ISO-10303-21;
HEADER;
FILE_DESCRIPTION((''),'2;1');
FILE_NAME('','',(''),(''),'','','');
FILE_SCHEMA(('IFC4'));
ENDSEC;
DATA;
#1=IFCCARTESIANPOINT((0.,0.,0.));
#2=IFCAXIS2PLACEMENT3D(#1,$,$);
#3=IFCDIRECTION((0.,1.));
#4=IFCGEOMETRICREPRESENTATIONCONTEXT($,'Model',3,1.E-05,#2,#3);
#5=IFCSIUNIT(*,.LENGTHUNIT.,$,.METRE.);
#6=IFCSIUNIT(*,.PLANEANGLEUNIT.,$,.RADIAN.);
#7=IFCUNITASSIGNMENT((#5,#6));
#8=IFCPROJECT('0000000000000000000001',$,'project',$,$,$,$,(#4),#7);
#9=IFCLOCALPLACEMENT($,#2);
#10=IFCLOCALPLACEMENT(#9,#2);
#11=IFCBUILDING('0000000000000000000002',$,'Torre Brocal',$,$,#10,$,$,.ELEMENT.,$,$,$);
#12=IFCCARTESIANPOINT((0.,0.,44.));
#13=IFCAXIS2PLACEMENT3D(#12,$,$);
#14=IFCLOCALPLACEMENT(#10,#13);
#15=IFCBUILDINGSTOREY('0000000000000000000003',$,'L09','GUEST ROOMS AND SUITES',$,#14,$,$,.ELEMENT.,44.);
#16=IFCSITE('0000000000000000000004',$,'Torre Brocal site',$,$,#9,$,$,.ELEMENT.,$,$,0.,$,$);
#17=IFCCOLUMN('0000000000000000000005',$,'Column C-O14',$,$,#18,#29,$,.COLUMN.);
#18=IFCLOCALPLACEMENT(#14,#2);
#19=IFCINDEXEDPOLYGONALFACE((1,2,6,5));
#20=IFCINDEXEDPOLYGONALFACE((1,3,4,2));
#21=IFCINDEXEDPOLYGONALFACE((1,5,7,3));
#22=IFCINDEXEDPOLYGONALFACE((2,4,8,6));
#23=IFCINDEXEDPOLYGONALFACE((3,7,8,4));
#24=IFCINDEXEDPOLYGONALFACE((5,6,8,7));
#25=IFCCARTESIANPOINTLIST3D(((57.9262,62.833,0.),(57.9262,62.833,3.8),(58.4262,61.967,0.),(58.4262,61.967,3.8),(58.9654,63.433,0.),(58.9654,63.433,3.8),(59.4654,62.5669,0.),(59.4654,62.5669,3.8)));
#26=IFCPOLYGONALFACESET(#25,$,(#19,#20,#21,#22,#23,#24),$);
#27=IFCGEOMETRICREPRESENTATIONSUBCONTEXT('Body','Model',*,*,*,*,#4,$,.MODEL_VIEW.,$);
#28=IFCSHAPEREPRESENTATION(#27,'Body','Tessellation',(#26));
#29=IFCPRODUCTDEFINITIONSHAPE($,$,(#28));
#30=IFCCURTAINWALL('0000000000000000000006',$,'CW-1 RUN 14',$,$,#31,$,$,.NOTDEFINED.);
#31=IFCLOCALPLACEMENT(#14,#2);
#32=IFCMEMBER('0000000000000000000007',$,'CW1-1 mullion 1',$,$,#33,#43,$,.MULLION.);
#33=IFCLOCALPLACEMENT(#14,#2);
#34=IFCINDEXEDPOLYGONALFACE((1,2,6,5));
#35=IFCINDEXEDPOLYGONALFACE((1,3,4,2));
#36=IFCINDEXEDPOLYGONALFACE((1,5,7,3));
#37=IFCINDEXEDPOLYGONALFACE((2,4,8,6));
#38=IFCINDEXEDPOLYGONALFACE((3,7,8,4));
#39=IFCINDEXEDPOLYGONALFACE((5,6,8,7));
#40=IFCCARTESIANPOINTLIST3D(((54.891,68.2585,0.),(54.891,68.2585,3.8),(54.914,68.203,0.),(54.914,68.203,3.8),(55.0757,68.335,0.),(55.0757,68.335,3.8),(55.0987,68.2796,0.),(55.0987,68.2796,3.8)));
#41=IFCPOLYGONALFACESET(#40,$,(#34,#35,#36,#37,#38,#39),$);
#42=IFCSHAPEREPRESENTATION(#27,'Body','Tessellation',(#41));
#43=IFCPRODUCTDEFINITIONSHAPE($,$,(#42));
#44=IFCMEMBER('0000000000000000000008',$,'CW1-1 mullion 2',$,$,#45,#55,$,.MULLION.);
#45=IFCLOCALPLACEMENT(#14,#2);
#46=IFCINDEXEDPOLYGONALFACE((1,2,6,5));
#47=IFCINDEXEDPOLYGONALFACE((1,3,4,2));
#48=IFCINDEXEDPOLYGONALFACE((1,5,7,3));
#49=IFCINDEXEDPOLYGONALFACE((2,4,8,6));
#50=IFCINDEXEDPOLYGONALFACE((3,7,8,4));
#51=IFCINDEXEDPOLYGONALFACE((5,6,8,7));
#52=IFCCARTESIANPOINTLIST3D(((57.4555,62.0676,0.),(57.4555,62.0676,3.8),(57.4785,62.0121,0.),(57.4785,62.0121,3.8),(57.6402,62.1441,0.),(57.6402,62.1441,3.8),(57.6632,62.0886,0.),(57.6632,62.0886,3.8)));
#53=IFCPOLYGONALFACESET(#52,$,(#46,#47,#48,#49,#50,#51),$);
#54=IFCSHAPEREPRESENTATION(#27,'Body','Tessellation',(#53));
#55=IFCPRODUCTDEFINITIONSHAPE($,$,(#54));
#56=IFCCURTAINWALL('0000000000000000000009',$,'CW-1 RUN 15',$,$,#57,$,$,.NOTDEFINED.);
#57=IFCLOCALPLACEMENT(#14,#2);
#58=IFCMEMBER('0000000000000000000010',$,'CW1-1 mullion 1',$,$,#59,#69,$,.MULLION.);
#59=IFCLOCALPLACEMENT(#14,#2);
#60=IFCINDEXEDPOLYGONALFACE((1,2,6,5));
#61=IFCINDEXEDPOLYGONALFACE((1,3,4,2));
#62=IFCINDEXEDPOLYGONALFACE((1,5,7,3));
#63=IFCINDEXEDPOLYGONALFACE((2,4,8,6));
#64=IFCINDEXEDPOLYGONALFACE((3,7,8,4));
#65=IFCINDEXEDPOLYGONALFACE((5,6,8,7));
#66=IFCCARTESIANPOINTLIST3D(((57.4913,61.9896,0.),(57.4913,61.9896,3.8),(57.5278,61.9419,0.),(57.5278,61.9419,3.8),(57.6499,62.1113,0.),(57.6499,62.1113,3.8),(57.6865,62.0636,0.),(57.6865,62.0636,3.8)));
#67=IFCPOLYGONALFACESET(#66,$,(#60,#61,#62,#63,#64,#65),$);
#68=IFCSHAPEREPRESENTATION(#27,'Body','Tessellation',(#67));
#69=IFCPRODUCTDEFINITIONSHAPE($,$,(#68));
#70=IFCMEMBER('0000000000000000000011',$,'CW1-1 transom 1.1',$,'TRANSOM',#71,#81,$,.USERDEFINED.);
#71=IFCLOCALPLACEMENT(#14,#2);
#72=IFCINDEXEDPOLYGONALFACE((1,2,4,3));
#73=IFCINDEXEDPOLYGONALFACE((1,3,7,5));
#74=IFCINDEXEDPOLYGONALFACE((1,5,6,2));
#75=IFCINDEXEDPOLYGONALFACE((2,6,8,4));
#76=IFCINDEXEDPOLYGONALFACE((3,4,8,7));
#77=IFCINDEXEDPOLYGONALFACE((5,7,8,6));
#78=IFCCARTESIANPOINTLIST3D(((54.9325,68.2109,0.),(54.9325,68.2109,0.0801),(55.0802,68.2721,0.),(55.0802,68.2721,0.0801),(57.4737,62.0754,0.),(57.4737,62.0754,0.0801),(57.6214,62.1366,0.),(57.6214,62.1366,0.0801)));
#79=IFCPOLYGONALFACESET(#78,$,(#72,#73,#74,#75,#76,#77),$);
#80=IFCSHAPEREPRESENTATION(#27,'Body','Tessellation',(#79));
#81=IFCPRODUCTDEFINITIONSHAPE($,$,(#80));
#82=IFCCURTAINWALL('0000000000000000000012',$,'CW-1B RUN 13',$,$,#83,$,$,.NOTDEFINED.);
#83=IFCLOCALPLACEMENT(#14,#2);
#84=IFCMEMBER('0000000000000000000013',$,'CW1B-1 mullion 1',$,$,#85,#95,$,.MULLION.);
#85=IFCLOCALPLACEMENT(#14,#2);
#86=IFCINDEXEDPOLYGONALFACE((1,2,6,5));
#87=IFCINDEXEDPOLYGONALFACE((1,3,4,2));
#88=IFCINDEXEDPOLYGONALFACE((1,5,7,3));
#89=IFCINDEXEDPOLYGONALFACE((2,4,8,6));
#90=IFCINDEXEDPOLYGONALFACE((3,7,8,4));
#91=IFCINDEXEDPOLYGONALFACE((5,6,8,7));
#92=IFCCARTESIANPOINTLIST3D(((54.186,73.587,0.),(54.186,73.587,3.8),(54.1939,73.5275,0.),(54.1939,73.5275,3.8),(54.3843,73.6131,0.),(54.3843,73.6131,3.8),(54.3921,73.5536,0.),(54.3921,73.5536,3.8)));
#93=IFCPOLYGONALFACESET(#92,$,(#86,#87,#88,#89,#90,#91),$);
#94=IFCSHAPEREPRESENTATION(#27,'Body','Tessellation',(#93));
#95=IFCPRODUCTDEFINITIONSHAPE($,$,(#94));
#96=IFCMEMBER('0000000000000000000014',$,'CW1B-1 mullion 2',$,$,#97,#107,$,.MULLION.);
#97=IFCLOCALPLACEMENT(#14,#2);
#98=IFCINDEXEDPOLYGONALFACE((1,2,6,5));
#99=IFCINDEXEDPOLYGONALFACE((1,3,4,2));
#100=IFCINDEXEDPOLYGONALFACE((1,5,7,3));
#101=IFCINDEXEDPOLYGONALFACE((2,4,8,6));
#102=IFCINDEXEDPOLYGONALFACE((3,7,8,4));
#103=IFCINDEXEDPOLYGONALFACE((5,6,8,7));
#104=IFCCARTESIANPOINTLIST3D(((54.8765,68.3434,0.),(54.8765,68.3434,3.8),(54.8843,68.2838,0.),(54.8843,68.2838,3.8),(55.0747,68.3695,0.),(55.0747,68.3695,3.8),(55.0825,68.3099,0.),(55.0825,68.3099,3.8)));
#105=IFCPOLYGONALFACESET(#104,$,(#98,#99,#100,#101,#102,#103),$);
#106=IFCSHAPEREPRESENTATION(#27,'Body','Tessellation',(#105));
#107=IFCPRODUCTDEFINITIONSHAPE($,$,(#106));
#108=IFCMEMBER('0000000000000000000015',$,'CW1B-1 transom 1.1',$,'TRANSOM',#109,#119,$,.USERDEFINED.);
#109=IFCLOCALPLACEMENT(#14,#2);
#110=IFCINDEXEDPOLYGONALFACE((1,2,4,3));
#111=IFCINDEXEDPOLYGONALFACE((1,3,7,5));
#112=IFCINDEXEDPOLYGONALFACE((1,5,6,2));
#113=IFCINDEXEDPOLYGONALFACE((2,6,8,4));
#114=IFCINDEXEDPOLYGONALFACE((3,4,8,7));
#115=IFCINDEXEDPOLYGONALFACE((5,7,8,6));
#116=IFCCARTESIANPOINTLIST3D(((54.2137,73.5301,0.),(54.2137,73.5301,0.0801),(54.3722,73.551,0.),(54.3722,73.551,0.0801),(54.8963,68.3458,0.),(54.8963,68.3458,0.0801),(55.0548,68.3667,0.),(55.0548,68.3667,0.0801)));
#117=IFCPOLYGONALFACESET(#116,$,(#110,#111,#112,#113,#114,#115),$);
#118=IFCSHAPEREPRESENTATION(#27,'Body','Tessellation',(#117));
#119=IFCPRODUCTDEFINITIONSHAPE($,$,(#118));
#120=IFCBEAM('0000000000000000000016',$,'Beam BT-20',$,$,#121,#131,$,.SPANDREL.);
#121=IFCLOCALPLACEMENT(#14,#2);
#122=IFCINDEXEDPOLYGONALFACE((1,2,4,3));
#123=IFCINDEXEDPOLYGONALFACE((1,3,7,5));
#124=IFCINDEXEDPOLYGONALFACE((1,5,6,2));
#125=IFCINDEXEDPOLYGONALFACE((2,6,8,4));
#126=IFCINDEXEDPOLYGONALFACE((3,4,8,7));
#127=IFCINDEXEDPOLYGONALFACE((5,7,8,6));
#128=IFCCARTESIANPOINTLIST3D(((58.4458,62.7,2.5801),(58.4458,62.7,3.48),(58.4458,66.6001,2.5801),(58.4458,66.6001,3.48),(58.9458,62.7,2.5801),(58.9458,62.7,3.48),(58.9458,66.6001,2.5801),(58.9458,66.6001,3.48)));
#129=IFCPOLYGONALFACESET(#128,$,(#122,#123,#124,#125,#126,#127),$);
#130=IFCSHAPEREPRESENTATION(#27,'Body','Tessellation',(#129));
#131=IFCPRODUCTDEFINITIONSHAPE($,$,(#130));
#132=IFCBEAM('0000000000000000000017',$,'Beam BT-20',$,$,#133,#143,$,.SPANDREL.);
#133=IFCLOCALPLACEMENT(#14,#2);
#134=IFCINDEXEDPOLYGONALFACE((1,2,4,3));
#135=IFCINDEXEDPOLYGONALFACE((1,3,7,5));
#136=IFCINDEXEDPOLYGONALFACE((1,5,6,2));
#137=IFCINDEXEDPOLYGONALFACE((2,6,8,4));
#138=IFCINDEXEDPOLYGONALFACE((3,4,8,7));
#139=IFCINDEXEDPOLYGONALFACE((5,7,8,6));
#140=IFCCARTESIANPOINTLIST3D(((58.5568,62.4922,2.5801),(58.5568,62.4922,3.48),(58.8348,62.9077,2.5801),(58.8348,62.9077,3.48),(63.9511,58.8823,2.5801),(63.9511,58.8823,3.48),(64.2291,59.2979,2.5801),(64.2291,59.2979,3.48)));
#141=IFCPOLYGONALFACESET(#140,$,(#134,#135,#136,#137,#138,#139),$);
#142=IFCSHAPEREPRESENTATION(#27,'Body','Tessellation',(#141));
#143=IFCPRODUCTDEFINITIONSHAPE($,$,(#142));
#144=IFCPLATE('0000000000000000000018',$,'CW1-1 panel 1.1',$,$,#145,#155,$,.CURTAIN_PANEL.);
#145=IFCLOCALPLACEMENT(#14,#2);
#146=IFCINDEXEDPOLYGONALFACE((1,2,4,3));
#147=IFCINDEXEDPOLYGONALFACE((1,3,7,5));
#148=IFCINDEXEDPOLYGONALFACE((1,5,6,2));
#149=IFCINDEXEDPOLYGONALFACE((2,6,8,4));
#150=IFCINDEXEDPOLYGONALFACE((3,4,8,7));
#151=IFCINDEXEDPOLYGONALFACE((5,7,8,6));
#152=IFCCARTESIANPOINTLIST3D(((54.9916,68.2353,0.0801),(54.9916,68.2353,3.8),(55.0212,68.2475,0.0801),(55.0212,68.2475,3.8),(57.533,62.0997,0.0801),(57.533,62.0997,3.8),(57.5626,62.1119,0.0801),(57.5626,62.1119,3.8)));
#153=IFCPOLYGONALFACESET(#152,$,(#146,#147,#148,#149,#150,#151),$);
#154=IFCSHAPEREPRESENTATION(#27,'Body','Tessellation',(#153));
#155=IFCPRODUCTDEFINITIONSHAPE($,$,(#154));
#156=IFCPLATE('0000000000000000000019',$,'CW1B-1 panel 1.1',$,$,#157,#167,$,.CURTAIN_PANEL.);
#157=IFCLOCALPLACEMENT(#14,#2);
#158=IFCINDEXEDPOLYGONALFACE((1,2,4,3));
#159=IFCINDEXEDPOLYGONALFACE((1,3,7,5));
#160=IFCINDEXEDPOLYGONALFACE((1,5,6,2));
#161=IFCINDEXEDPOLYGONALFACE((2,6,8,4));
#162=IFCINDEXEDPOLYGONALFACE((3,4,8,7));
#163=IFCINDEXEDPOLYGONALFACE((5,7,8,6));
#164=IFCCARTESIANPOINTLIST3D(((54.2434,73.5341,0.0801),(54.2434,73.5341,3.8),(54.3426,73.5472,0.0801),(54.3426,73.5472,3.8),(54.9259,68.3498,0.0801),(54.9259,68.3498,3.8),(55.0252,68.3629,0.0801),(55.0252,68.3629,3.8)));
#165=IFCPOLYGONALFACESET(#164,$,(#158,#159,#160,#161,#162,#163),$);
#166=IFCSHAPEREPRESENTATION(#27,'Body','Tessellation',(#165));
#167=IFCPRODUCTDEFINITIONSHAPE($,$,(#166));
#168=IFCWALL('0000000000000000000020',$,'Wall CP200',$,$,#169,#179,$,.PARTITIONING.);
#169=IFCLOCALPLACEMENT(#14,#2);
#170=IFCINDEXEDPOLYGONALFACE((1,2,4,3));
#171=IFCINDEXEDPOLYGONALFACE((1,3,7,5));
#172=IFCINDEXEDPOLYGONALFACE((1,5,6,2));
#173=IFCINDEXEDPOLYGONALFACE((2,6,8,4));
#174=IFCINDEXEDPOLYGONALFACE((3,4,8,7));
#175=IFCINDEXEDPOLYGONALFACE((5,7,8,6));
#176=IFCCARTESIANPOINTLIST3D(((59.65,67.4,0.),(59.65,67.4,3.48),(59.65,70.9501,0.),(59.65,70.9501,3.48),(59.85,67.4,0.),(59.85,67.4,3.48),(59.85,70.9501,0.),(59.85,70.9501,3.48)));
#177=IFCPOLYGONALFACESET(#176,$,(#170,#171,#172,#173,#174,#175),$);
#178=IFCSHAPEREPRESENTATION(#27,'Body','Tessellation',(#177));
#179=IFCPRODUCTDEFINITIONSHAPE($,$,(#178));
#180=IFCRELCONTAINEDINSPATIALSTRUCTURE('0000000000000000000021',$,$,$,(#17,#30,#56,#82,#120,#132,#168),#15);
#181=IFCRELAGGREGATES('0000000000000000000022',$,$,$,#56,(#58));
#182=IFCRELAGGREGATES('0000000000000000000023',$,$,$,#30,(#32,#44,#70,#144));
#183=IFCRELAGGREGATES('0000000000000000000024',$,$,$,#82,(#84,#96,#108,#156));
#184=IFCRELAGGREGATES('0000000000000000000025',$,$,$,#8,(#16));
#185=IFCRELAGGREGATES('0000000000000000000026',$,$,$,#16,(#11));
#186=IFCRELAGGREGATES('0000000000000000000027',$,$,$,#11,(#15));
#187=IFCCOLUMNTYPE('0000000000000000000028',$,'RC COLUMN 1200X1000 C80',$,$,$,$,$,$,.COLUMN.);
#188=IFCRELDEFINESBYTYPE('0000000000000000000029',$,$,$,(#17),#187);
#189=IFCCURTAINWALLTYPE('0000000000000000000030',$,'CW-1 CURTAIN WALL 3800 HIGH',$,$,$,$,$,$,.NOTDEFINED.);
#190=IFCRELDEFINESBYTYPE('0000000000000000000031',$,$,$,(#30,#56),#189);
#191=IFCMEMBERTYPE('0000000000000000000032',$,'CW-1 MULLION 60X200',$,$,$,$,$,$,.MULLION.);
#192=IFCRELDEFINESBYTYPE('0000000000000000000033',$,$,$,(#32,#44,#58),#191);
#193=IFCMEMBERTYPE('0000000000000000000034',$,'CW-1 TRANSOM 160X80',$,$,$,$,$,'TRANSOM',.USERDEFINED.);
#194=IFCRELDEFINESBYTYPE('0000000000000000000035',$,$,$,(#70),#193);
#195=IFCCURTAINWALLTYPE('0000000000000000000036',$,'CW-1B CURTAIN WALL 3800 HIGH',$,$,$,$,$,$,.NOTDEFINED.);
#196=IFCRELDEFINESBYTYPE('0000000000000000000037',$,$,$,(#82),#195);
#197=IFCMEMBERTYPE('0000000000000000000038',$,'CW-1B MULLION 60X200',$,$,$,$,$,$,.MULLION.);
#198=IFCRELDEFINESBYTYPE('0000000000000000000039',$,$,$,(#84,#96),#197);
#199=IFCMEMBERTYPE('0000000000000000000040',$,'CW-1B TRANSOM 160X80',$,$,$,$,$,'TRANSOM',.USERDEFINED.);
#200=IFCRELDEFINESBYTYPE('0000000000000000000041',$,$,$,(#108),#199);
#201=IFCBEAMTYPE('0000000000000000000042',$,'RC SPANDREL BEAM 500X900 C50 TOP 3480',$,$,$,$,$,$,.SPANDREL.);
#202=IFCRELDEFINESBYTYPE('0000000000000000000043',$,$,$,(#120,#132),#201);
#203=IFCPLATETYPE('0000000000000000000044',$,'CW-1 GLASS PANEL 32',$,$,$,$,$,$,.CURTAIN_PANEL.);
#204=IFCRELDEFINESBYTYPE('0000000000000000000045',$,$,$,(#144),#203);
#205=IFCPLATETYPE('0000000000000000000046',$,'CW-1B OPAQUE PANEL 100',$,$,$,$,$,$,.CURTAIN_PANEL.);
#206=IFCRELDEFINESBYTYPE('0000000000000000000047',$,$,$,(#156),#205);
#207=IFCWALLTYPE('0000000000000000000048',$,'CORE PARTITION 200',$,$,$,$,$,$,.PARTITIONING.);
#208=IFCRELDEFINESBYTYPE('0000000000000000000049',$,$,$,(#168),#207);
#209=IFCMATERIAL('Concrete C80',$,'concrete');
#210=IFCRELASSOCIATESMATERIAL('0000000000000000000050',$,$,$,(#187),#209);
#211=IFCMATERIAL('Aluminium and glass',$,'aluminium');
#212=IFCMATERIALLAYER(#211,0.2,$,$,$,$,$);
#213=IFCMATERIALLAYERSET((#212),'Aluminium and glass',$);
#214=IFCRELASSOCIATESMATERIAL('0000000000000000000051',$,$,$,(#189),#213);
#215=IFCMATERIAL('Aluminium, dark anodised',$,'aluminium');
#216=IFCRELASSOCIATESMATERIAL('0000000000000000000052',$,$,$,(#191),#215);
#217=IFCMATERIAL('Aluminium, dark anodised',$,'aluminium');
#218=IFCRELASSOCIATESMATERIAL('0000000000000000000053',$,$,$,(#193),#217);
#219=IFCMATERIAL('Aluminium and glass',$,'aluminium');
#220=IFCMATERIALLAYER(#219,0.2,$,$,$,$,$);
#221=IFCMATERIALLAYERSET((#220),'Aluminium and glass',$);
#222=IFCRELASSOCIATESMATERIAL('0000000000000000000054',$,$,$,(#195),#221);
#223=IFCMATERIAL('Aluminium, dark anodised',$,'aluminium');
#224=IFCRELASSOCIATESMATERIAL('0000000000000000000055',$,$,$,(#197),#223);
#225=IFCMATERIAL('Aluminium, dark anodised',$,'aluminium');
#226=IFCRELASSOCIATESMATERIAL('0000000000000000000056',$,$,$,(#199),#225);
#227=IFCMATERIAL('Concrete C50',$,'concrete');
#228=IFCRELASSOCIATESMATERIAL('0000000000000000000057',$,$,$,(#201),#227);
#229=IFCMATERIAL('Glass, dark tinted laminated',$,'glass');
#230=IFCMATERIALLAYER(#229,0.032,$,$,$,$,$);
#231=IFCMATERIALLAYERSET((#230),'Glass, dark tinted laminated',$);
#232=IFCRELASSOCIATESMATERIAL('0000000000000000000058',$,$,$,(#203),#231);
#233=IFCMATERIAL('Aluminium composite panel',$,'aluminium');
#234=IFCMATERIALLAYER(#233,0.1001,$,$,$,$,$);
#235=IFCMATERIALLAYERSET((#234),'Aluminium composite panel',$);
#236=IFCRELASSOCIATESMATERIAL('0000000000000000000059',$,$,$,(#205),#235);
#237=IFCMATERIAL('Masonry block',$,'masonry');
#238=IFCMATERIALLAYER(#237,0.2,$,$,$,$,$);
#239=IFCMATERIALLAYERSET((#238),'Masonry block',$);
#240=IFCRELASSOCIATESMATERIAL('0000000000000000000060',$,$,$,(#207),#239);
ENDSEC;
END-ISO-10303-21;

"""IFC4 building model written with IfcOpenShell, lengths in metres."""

from ifc_helpers import new_model, si_unit, direction, frame, frame_2d, origin, origin_2d, place, context, subcontext, project, spatial, rectangle, extrude, material, layer, layer_set, material_profile, profile_set, type_object, element, aggregate, save


model = new_model("IFC4")

# Units and contexts
model_context = context("Model", 3, precision=1e-05, world=origin(), true_north=direction((0.0, 1.0)))
body_context = subcontext(model_context, "Body", "Model", "MODEL_VIEW")
ifc_project = project(units=[si_unit("LENGTHUNIT", "METRE"), si_unit("PLANEANGLEUNIT", "RADIAN")], contexts=[model_context])

# Site, building, storey
site_placement = place(None, origin())
site = spatial("IfcSite", under=ifc_project, at=site_placement, Name="Torre Brocal site", CompositionType="ELEMENT", RefElevation=0.0)
building_placement = place(site_placement, origin())
building = spatial("IfcBuilding", under=site, at=building_placement, Name="Torre Brocal", CompositionType="ELEMENT")
storey_placement = place(building_placement, frame((0.0, 0.0, 44.0)))
storey = spatial("IfcBuildingStorey", under=building, at=storey_placement, Name="L09", Description="GUEST ROOMS AND SUITES", CompositionType="ELEMENT", Elevation=44.0)

# Column
ifc_material_1 = material(Name="Concrete C80", Category="concrete")
ifc_material_profile_1 = material_profile(ifc_material_1, rectangle(XDim=1.2, YDim=1.0, at=origin_2d()), Name="RC 1200X1000")
ifc_profile_set_1 = profile_set([ifc_material_profile_1], Name="Concrete C80")
column_type = type_object("IfcColumnType", Name="RC COLUMN 1200X1000 C80", PredefinedType="COLUMN", material=ifc_profile_set_1)
column_placement = place(storey_placement, frame((58.6958, 62.7, 0.0), z_axis=(0.0, 0.0, 1.0), x_axis=(-0.866025, -0.5, 0.0)))
element("IfcColumn", 1, at=column_placement, inside=storey, type_object=column_type, Name="Column C-O14", PredefinedType="COLUMN", context=body_context, shape_type="SweptSolid", body=[
    extrude(rectangle(XDim=1.2, YDim=1.0, at=origin_2d()), origin(), (0.0, 0.0, 1.0), 3.8),
])

# Curtain wall, members
ifc_material_2 = material(Name="Aluminium and glass", Category="aluminium")
ifc_layer_1 = layer(ifc_material_2, 0.2)
ifc_layer_set_1 = layer_set([ifc_layer_1], Name="Aluminium and glass")
curtain_wall_type_1 = type_object("IfcCurtainWallType", Name="CW-1 CURTAIN WALL 3800 HIGH", PredefinedType="NOTDEFINED", material=ifc_layer_set_1)
curtain_wall_1_placement = place(storey_placement, origin())
curtain_wall_1 = element("IfcCurtainWall", 2, at=curtain_wall_1_placement, inside=storey, type_object=curtain_wall_type_1, Name="CW-1 RUN 14", PredefinedType="NOTDEFINED")
ifc_material_3 = material(Name="Aluminium, dark anodised", Category="aluminium")
ifc_material_profile_2 = material_profile(ifc_material_3, rectangle(XDim=0.2, YDim=0.0601, at=origin_2d()), Name="CW-1 MULLION 60X200")
ifc_profile_set_2 = profile_set([ifc_material_profile_2], Name="Aluminium, dark anodised")
member_type_1 = type_object("IfcMemberType", Name="CW-1 MULLION 60X200", PredefinedType="MULLION", material=ifc_profile_set_2)
member_1_placement = place(storey_placement, frame((54.9949, 68.269, 0.0), z_axis=(0.0, 0.0, 1.0), x_axis=(0.92388, 0.382683, 0.0)))
member_1 = element("IfcMember", 3, at=member_1_placement, type_object=member_type_1, Name="CW1-1 mullion 1", PredefinedType="MULLION", context=body_context, shape_type="SweptSolid", body=[
    extrude(rectangle(XDim=0.2, YDim=0.0601, at=origin_2d()), origin(), (0.0, 0.0, 1.0), 3.8),
])
member_2_placement = place(storey_placement, frame((57.5593, 62.0781, 0.0), z_axis=(0.0, 0.0, 1.0), x_axis=(0.92388, 0.382683, 0.0)))
member_2 = element("IfcMember", 4, at=member_2_placement, type_object=member_type_1, Name="CW1-1 mullion 2", PredefinedType="MULLION", context=body_context, shape_type="SweptSolid", body=[
    extrude(rectangle(XDim=0.2, YDim=0.0601, at=origin_2d()), origin(), (0.0, 0.0, 1.0), 3.8),
])

# Curtain wall, member
curtain_wall_2_placement = place(storey_placement, origin())
curtain_wall_2 = element("IfcCurtainWall", 5, at=curtain_wall_2_placement, inside=storey, type_object=curtain_wall_type_1, Name="CW-1 RUN 15", PredefinedType="NOTDEFINED")
member_3_placement = place(storey_placement, frame((57.5889, 62.0266, 0.0), z_axis=(0.0, 0.0, 1.0), x_axis=(0.793353, 0.608761, 0.0)))
member_3 = element("IfcMember", 6, at=member_3_placement, type_object=member_type_1, Name="CW1-1 mullion 1", PredefinedType="MULLION", context=body_context, shape_type="SweptSolid", body=[
    extrude(rectangle(XDim=0.2, YDim=0.0601, at=origin_2d()), origin(), (0.0, 0.0, 1.0), 3.8),
])
aggregate(curtain_wall_2, [member_3])

# Member
ifc_material_4 = material(Name="Aluminium, dark anodised", Category="aluminium")
ifc_material_profile_3 = material_profile(ifc_material_4, rectangle(XDim=0.1599, YDim=0.0801, at=origin_2d()), Name="CW-1 TRANSOM 160X80")
ifc_profile_set_3 = profile_set([ifc_material_profile_3], Name="Aluminium, dark anodised")
member_type_2 = type_object("IfcMemberType", Name="CW-1 TRANSOM 160X80", ElementType="TRANSOM", PredefinedType="USERDEFINED", material=ifc_profile_set_3)
member_4_placement = place(storey_placement, frame((55.0063, 68.2415, 0.04), z_axis=(0.382665, -0.923887, 0.0), x_axis=(0.923887, 0.382665, 0.0)))
member_4 = element("IfcMember", 7, at=member_4_placement, type_object=member_type_2, Name="CW1-1 transom 1.1", ObjectType="TRANSOM", PredefinedType="USERDEFINED", context=body_context, shape_type="SweptSolid", body=[
    extrude(rectangle(XDim=0.1599, YDim=0.0801, at=origin_2d()), origin(), (0.0, 0.0, 1.0), 6.6409),
])

# Curtain wall, members
ifc_material_5 = material(Name="Aluminium and glass", Category="aluminium")
ifc_layer_2 = layer(ifc_material_5, 0.2)
ifc_layer_set_2 = layer_set([ifc_layer_2], Name="Aluminium and glass")
curtain_wall_type_2 = type_object("IfcCurtainWallType", Name="CW-1B CURTAIN WALL 3800 HIGH", PredefinedType="NOTDEFINED", material=ifc_layer_set_2)
curtain_wall_3_placement = place(storey_placement, origin())
curtain_wall_3 = element("IfcCurtainWall", 8, at=curtain_wall_3_placement, inside=storey, type_object=curtain_wall_type_2, Name="CW-1B RUN 13", PredefinedType="NOTDEFINED")
ifc_material_6 = material(Name="Aluminium, dark anodised", Category="aluminium")
ifc_material_profile_4 = material_profile(ifc_material_6, rectangle(XDim=0.2, YDim=0.0601, at=origin_2d()), Name="CW-1B MULLION 60X200")
ifc_profile_set_4 = profile_set([ifc_material_profile_4], Name="Aluminium, dark anodised")
member_type_3 = type_object("IfcMemberType", Name="CW-1B MULLION 60X200", PredefinedType="MULLION", material=ifc_profile_set_4)
member_5_placement = place(storey_placement, frame((54.2891, 73.5703, 0.0), z_axis=(0.0, 0.0, 1.0), x_axis=(0.991445, 0.130526, 0.0)))
member_5 = element("IfcMember", 9, at=member_5_placement, type_object=member_type_3, Name="CW1B-1 mullion 1", PredefinedType="MULLION", context=body_context, shape_type="SweptSolid", body=[
    extrude(rectangle(XDim=0.2, YDim=0.0601, at=origin_2d()), origin(), (0.0, 0.0, 1.0), 3.8),
])
member_6_placement = place(storey_placement, frame((54.9795, 68.3267, 0.0), z_axis=(0.0, 0.0, 1.0), x_axis=(0.991445, 0.130526, 0.0)))
member_6 = element("IfcMember", 10, at=member_6_placement, type_object=member_type_3, Name="CW1B-1 mullion 2", PredefinedType="MULLION", context=body_context, shape_type="SweptSolid", body=[
    extrude(rectangle(XDim=0.2, YDim=0.0601, at=origin_2d()), origin(), (0.0, 0.0, 1.0), 3.8),
])
ifc_material_7 = material(Name="Aluminium, dark anodised", Category="aluminium")
ifc_material_profile_5 = material_profile(ifc_material_7, rectangle(XDim=0.1599, YDim=0.0801, at=origin_2d()), Name="CW-1B TRANSOM 160X80")
ifc_profile_set_5 = profile_set([ifc_material_profile_5], Name="Aluminium, dark anodised")
member_type_4 = type_object("IfcMemberType", Name="CW-1B TRANSOM 160X80", ElementType="TRANSOM", PredefinedType="USERDEFINED", material=ifc_profile_set_5)
member_7_placement = place(storey_placement, frame((54.293, 73.5405, 0.04), z_axis=(0.130543, -0.991443, 0.0), x_axis=(0.991443, 0.130543, 0.0)))
member_7 = element("IfcMember", 11, at=member_7_placement, type_object=member_type_4, Name="CW1B-1 transom 1.1", ObjectType="TRANSOM", PredefinedType="USERDEFINED", context=body_context, shape_type="SweptSolid", body=[
    extrude(rectangle(XDim=0.1599, YDim=0.0801, at=origin_2d()), origin(), (0.0, 0.0, 1.0), 5.229),
])

# Beams
ifc_material_8 = material(Name="Concrete C50", Category="concrete")
ifc_material_profile_6 = material_profile(ifc_material_8, rectangle(XDim=0.5, YDim=0.8999, at=origin_2d()), Name="RC 500X900")
ifc_profile_set_6 = profile_set([ifc_material_profile_6], Name="Concrete C50")
beam_type = type_object("IfcBeamType", Name="RC SPANDREL BEAM 500X900 C50 TOP 3480", PredefinedType="SPANDREL", material=ifc_profile_set_6)
beam_1_placement = place(storey_placement, frame((58.6958, 62.7, 3.03), z_axis=(0.0, 1.0, 0.0), x_axis=(-1.0, 0.0, 0.0)))
element("IfcBeam", 12, at=beam_1_placement, inside=storey, type_object=beam_type, Name="Beam BT-20", PredefinedType="SPANDREL", context=body_context, shape_type="SweptSolid", body=[
    extrude(rectangle(XDim=0.5, YDim=0.8999, at=origin_2d()), origin(), (0.0, 0.0, 1.0), 3.9001),
])
beam_2_placement = place(storey_placement, frame((58.6958, 62.7, 3.03), z_axis=(0.831077, -0.556158, 0.0), x_axis=(0.556158, 0.831077, 0.0)))
element("IfcBeam", 13, at=beam_2_placement, inside=storey, type_object=beam_type, Name="Beam BT-20", PredefinedType="SPANDREL", context=body_context, shape_type="SweptSolid", body=[
    extrude(rectangle(XDim=0.5, YDim=0.8999, at=origin_2d()), origin(), (0.0, 0.0, 1.0), 6.4907),
])

# Plates
ifc_material_9 = material(Name="Glass, dark tinted laminated", Category="glass")
ifc_layer_3 = layer(ifc_material_9, 0.032)
ifc_layer_set_3 = layer_set([ifc_layer_3], Name="Glass, dark tinted laminated")
plate_type_1 = type_object("IfcPlateType", Name="CW-1 GLASS PANEL 32", PredefinedType="CURTAIN_PANEL", material=ifc_layer_set_3)
plate_1_placement = place(storey_placement, frame((56.2771, 65.1736, 0.0801), z_axis=(0.0, 0.0, 1.0), x_axis=(0.382683, -0.92388, 0.0)))
plate_1 = element("IfcPlate", 14, at=plate_1_placement, type_object=plate_type_1, Name="CW1-1 panel 1.1", PredefinedType="CURTAIN_PANEL", context=body_context, shape_type="SweptSolid", body=[
    extrude(rectangle(XDim=6.6411, YDim=0.032, at=origin_2d()), origin(), (0.0, 0.0, 1.0), 3.72),
])
aggregate(curtain_wall_1, [member_1, member_2, member_4, plate_1])
ifc_material_10 = material(Name="Aluminium composite panel", Category="aluminium")
ifc_layer_4 = layer(ifc_material_10, 0.1001)
ifc_layer_set_4 = layer_set([ifc_layer_4], Name="Aluminium composite panel")
plate_type_2 = type_object("IfcPlateType", Name="CW-1B OPAQUE PANEL 100", PredefinedType="CURTAIN_PANEL", material=ifc_layer_set_4)
plate_2_placement = place(storey_placement, frame((54.6343, 70.9485, 0.0801), z_axis=(0.0, 0.0, 1.0), x_axis=(0.130526, -0.991445, 0.0)))
plate_2 = element("IfcPlate", 15, at=plate_2_placement, type_object=plate_type_2, Name="CW1B-1 panel 1.1", PredefinedType="CURTAIN_PANEL", context=body_context, shape_type="SweptSolid", body=[
    extrude(rectangle(XDim=5.229, YDim=0.1001, at=origin_2d()), origin(), (0.0, 0.0, 1.0), 3.72),
])
aggregate(curtain_wall_3, [member_5, member_6, member_7, plate_2])

# Wall
ifc_material_11 = material(Name="Masonry block", Category="masonry")
ifc_layer_5 = layer(ifc_material_11, 0.2)
ifc_layer_set_5 = layer_set([ifc_layer_5], Name="Masonry block")
wall_type_1 = type_object("IfcWallType", Name="CORE PARTITION 200", PredefinedType="PARTITIONING", material=ifc_layer_set_5)
wall_1_placement = place(storey_placement, frame((59.75, 70.95, 0.0), z_axis=(0.0, 0.0, 1.0), x_axis=(0.0, -1.0, 0.0)))
element("IfcWall", 16, at=wall_1_placement, inside=storey, type_object=wall_type_1, Name="Wall CP200", PredefinedType="PARTITIONING", context=body_context, shape_type="SweptSolid", body=[
    extrude(rectangle(XDim=3.55, YDim=0.2, at=frame_2d((1.7749, 0.0))), origin(), (0.0, 0.0, 1.0), 3.48),
])

save(model, "model.ifc")
